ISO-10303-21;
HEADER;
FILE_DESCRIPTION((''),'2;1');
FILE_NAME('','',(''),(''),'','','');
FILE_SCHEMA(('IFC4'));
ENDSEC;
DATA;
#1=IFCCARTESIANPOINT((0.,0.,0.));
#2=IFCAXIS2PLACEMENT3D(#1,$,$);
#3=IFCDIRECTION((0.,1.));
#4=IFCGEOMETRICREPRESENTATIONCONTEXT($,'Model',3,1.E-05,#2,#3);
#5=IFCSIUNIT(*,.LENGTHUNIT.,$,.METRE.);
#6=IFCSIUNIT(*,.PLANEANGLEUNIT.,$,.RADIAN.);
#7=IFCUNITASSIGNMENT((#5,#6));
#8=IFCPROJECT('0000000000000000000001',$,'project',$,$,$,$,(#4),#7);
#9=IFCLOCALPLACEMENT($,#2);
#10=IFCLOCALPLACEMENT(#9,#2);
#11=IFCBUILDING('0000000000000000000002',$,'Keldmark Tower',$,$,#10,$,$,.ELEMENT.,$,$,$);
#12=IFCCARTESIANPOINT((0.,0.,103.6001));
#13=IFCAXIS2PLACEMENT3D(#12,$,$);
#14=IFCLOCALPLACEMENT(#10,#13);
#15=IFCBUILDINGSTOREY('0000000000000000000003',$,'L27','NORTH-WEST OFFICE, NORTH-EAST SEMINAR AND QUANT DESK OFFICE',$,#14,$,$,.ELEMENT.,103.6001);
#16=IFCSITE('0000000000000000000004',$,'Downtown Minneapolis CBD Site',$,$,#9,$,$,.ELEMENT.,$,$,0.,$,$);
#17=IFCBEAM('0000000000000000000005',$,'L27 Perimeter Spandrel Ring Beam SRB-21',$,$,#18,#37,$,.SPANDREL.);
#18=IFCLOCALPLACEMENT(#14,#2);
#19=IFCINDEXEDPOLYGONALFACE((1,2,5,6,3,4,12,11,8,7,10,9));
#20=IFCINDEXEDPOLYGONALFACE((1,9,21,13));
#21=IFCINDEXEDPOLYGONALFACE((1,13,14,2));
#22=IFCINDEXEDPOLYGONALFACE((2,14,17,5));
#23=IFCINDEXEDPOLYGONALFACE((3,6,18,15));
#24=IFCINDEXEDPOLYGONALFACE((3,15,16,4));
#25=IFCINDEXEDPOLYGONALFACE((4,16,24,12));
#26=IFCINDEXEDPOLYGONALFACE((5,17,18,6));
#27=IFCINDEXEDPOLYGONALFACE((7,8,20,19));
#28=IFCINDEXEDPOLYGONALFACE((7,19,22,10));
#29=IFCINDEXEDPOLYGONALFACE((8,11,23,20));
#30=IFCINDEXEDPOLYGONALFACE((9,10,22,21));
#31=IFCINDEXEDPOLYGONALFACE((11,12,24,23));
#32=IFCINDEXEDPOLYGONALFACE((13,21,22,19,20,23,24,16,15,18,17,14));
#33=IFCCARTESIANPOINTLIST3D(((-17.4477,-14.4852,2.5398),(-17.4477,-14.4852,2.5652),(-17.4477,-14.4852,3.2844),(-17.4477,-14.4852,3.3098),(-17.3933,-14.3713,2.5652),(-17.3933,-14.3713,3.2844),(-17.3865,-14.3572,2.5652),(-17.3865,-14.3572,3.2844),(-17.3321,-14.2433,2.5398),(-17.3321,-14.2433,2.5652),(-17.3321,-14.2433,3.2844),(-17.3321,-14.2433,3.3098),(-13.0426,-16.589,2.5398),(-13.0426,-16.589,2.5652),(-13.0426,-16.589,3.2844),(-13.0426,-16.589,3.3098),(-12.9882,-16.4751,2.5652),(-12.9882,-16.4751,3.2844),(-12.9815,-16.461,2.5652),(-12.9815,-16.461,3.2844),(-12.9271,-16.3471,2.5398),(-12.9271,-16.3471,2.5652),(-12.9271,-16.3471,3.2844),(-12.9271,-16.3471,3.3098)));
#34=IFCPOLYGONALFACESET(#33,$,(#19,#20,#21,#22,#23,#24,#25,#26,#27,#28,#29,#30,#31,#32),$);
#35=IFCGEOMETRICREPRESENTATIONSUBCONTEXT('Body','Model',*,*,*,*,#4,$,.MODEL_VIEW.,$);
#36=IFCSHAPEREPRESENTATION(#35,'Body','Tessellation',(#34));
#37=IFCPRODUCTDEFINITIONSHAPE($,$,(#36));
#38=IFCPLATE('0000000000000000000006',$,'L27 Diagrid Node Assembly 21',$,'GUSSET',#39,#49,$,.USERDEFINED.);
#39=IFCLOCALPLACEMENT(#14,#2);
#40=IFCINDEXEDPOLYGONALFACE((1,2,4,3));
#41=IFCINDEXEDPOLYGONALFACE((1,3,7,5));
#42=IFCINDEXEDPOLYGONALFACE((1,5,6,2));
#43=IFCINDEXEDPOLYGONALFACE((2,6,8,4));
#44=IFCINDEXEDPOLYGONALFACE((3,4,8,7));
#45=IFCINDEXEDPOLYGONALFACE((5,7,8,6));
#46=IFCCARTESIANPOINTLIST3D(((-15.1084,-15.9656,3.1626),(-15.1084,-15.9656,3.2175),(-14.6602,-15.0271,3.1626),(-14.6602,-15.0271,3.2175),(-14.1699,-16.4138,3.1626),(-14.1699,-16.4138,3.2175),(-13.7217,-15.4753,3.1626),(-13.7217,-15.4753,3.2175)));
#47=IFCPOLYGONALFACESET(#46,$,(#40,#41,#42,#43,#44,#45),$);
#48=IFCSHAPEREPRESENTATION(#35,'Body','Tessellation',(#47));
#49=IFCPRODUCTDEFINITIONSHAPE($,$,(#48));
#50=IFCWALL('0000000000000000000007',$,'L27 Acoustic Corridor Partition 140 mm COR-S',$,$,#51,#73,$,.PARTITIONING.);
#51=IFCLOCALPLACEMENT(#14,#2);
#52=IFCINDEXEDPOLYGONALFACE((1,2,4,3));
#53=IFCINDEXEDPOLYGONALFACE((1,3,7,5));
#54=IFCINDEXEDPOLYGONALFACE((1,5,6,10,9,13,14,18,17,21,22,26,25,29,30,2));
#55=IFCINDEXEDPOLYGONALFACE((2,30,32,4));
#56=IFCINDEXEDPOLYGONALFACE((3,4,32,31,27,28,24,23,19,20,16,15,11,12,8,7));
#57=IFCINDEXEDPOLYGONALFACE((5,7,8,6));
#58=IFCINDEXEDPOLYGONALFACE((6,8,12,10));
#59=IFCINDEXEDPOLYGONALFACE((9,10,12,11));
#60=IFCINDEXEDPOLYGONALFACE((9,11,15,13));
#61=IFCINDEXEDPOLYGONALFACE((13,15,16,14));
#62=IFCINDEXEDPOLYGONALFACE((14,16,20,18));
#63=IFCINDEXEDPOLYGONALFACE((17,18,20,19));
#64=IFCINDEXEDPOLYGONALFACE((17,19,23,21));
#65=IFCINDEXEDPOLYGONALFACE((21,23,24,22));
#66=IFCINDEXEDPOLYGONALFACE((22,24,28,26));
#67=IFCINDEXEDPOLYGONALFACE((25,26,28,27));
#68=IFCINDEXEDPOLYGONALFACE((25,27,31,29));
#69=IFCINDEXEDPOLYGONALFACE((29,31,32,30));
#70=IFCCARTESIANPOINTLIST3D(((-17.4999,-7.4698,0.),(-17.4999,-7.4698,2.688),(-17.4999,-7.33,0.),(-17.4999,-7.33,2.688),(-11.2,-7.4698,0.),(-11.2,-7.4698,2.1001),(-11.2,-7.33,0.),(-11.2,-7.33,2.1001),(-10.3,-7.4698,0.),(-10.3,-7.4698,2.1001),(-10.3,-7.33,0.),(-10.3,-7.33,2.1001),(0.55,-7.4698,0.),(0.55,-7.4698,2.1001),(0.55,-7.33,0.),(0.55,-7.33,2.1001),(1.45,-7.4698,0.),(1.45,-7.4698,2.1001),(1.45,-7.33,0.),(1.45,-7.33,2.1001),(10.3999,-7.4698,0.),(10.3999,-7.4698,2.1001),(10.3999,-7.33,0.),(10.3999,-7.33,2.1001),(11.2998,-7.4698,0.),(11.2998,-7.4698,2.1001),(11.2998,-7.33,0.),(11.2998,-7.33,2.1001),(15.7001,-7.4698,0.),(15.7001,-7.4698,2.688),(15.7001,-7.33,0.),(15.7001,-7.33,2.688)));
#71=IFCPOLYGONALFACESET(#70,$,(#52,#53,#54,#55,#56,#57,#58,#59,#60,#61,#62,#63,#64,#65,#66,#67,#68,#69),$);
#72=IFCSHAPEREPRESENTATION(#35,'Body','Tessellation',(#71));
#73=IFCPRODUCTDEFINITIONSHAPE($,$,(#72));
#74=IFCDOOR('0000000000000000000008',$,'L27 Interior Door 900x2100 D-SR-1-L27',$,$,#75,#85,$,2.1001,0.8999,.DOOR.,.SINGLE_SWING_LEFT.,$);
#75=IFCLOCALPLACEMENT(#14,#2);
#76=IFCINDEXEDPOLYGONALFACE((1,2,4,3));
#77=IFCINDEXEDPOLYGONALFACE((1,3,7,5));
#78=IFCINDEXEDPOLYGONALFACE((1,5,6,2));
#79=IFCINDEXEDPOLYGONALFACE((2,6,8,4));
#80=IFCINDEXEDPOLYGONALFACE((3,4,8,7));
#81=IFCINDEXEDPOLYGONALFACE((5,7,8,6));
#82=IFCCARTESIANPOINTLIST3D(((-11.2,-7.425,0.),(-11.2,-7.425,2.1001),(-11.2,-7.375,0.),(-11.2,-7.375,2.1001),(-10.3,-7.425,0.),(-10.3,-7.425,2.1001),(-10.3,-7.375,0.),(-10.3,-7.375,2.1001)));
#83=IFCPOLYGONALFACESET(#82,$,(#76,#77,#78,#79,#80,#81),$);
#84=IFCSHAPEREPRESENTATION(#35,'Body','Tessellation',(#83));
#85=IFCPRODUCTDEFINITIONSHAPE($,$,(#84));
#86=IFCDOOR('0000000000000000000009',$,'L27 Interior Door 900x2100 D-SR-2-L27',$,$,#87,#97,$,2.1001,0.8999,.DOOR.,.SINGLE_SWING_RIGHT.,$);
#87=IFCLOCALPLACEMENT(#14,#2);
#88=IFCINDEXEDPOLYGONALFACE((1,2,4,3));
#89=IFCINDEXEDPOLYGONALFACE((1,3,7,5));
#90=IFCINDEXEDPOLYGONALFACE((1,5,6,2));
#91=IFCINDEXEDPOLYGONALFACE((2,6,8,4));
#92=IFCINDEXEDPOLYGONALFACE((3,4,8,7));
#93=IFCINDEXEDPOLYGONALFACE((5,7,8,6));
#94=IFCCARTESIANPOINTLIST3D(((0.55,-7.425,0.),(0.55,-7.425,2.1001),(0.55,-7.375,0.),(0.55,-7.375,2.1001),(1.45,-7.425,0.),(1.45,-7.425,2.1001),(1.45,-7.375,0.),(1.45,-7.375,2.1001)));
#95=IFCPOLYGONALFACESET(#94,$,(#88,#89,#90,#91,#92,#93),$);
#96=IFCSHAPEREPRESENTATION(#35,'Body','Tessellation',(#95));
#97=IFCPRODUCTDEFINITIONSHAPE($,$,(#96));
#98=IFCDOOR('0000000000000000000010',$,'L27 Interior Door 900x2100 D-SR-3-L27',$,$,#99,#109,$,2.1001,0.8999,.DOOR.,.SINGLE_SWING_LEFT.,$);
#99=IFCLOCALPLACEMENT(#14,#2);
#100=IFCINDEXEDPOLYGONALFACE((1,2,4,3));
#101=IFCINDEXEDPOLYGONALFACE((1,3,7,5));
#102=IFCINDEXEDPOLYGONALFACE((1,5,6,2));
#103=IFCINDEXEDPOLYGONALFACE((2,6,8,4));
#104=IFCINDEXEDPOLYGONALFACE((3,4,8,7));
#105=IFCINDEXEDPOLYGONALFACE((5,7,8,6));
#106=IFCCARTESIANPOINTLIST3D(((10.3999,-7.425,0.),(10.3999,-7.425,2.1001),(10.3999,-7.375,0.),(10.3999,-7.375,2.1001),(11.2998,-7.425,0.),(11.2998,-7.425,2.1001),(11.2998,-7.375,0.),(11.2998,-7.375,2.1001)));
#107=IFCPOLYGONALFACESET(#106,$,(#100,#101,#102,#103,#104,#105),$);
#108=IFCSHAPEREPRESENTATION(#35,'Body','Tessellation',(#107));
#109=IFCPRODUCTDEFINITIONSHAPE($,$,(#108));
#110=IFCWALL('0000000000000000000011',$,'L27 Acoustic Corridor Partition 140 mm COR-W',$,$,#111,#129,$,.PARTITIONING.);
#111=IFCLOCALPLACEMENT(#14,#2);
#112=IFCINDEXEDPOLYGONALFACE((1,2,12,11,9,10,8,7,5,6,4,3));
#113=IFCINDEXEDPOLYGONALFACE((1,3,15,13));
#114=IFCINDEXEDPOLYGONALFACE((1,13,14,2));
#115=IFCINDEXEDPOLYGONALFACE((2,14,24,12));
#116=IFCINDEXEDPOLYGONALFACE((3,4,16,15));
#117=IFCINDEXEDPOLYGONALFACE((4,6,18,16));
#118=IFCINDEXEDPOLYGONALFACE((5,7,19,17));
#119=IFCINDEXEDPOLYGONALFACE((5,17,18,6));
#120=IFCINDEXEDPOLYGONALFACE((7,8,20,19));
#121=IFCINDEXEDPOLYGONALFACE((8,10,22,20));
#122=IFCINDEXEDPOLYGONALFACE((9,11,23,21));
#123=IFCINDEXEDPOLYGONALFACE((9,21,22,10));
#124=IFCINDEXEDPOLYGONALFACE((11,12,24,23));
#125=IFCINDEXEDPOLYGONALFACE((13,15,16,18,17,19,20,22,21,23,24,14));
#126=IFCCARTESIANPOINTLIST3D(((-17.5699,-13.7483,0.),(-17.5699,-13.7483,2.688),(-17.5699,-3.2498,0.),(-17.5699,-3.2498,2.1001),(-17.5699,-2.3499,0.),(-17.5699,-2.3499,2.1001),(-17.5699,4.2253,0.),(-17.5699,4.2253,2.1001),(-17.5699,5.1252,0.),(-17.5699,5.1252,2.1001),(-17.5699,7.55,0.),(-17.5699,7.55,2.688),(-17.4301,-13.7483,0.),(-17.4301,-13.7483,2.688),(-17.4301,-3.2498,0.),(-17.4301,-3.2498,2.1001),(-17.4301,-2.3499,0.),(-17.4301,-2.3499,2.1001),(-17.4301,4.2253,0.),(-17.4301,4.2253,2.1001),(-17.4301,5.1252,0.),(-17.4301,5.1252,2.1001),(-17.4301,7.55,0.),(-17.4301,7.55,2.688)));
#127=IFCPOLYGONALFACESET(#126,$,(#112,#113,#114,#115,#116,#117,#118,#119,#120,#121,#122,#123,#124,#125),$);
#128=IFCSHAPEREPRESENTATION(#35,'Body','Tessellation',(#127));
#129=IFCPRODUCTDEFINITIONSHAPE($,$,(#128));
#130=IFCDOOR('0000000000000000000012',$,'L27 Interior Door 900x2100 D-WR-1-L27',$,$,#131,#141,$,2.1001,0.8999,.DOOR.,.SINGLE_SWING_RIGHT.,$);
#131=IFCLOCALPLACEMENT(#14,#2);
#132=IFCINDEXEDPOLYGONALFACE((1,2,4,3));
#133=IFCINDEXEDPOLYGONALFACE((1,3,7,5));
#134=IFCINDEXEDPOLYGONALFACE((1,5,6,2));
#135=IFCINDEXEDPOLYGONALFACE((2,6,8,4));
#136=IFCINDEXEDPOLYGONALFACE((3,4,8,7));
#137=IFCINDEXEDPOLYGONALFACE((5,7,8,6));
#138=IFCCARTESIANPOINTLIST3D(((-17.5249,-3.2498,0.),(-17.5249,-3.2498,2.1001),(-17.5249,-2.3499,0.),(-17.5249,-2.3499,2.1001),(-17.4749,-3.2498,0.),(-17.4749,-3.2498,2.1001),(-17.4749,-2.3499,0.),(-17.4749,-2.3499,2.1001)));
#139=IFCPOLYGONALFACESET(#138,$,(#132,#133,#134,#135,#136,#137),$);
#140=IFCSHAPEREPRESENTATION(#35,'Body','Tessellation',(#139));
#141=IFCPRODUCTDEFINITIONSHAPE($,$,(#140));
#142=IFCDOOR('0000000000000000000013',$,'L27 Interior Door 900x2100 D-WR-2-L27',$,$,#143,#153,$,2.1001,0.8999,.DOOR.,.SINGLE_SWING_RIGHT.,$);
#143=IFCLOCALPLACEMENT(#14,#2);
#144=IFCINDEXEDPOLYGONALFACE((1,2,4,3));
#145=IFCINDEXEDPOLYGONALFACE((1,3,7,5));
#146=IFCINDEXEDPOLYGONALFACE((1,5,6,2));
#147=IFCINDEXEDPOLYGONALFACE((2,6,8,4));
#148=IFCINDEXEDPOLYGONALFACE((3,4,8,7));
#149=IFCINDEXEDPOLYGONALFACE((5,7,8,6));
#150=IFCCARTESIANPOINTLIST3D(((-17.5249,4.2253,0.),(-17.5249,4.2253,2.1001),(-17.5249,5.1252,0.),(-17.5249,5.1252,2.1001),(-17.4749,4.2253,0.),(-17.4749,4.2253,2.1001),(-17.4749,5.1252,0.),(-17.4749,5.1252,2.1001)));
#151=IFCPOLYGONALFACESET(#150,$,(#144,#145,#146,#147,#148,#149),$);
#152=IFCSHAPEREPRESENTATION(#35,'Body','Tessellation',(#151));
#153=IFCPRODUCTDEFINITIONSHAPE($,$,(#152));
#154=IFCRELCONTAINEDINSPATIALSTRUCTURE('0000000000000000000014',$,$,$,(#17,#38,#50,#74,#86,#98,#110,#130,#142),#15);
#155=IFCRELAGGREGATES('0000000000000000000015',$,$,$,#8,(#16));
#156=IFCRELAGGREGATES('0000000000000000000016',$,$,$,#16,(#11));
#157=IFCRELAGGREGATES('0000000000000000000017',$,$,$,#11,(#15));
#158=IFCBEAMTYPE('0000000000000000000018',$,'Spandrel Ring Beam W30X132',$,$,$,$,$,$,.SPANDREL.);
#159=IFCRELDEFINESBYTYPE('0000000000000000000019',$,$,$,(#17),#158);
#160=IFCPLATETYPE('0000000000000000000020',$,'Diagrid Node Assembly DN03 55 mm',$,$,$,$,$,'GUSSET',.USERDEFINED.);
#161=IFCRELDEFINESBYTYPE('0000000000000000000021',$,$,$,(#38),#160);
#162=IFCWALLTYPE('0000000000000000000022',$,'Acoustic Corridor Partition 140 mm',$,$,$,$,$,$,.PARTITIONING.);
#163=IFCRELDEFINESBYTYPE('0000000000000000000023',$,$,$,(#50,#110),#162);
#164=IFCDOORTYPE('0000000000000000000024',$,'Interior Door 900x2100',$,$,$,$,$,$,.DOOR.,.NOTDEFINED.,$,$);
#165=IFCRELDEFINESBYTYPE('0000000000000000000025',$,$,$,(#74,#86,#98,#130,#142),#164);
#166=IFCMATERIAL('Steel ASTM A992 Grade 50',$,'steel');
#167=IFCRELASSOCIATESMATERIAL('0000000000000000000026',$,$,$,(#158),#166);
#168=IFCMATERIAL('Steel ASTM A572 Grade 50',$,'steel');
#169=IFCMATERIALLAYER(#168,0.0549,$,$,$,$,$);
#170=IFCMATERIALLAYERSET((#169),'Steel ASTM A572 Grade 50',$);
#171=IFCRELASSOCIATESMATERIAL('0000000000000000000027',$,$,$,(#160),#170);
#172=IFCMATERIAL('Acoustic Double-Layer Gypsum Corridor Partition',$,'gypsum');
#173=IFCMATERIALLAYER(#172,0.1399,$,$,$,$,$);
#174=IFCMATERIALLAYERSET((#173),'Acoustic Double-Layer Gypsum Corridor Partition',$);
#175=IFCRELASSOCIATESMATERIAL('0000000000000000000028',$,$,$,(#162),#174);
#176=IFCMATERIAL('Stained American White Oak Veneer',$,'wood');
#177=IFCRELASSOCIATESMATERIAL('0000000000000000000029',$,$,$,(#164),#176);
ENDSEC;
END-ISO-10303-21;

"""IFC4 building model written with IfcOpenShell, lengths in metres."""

from ifc_helpers import new_model, si_unit, direction, frame, frame_2d, origin, origin_2d, place, context, subcontext, project, spatial, rectangle, i_section, extrude, material, layer, layer_set, material_profile, profile_set, type_object, element, fill, save


model = new_model("IFC4")

# Units and contexts
model_context = context("Model", 3, precision=1e-05, world=origin(), true_north=direction((0.0, 1.0)))
body_context = subcontext(model_context, "Body", "Model", "MODEL_VIEW")
ifc_project = project(units=[si_unit("LENGTHUNIT", "METRE"), si_unit("PLANEANGLEUNIT", "RADIAN")], contexts=[model_context])

# Site, building, storey
site_placement = place(None, origin())
site = spatial("IfcSite", under=ifc_project, at=site_placement, Name="Downtown Minneapolis CBD Site", CompositionType="ELEMENT", RefElevation=0.0)
building_placement = place(site_placement, origin())
building = spatial("IfcBuilding", under=site, at=building_placement, Name="Keldmark Tower", CompositionType="ELEMENT")
storey_placement = place(building_placement, frame((0.0, 0.0, 103.6001)))
storey = spatial("IfcBuildingStorey", under=building, at=storey_placement, Name="L27", Description="NORTH-WEST OFFICE, NORTH-EAST SEMINAR AND QUANT DESK OFFICE", CompositionType="ELEMENT", Elevation=103.6001)

# Beam
ifc_material_1 = material(Name="Steel ASTM A992 Grade 50", Category="steel")
ifc_material_profile_1 = material_profile(ifc_material_1, i_section(OverallWidth=0.2681, OverallDepth=0.77, WebThickness=0.0156, FlangeThickness=0.0254, at=origin_2d()), Name="W30X132")
ifc_profile_set_1 = profile_set([ifc_material_profile_1], Name="Steel ASTM A992 Grade 50")
beam_type_1 = type_object("IfcBeamType", Name="Spandrel Ring Beam W30X132", PredefinedType="SPANDREL", material=ifc_profile_set_1)
beam_1_placement = place(storey_placement, frame((-17.3899, -14.3643, 2.9248), z_axis=(0.902373, -0.430956, 0.0), x_axis=(0.430956, 0.902373, 0.0)))
element("IfcBeam", 1, at=beam_1_placement, inside=storey, type_object=beam_type_1, Name="L27 Perimeter Spandrel Ring Beam SRB-21", PredefinedType="SPANDREL", context=body_context, shape_type="SweptSolid", body=[
    extrude(i_section(OverallWidth=0.2681, OverallDepth=0.77, WebThickness=0.0156, FlangeThickness=0.0254, at=origin_2d()), origin(), (0.0, 0.0, 1.0), 4.8816),
])

# Plate
ifc_material_2 = material(Name="Steel ASTM A572 Grade 50", Category="steel")
ifc_layer_1 = layer(ifc_material_2, 0.0549)
ifc_layer_set_1 = layer_set([ifc_layer_1], Name="Steel ASTM A572 Grade 50")
plate_type = type_object("IfcPlateType", Name="Diagrid Node Assembly DN03 55 mm", ElementType="GUSSET", PredefinedType="USERDEFINED", material=ifc_layer_set_1)
plate_placement = place(storey_placement, frame((-14.415, -15.7205, 3.1626), z_axis=(0.0, 0.0, 1.0), x_axis=(0.90236, -0.430984, 0.0)))
element("IfcPlate", 2, at=plate_placement, inside=storey, type_object=plate_type, Name="L27 Diagrid Node Assembly 21", ObjectType="GUSSET", PredefinedType="USERDEFINED", context=body_context, shape_type="SweptSolid", body=[
    extrude(rectangle(XDim=1.04, YDim=1.04, at=origin_2d()), origin(), (0.0, 0.0, 1.0), 0.0549),
])

# Walls, openings, doors
ifc_material_3 = material(Name="Acoustic Double-Layer Gypsum Corridor Partition", Category="gypsum")
ifc_layer_2 = layer(ifc_material_3, 0.1399)
ifc_layer_set_2 = layer_set([ifc_layer_2], Name="Acoustic Double-Layer Gypsum Corridor Partition")
wall_type_1 = type_object("IfcWallType", Name="Acoustic Corridor Partition 140 mm", PredefinedType="PARTITIONING", material=ifc_layer_set_2)
wall_1_placement = place(storey_placement, frame((-17.5, -7.3999, 0.0), z_axis=(0.0, 0.0, 1.0), x_axis=(1.0, 0.0, 0.0)))
wall_1 = element("IfcWall", 3, at=wall_1_placement, inside=storey, type_object=wall_type_1, Name="L27 Acoustic Corridor Partition 140 mm COR-S", PredefinedType="PARTITIONING", context=body_context, shape_type="SweptSolid", body=[
    extrude(rectangle(XDim=33.2, YDim=0.1399, at=frame_2d((16.6001, 0.0))), origin(), (0.0, 0.0, 1.0), 2.688),
])
opening_1_placement = place(wall_1_placement, frame((6.3, 0.0, 0.0)))
opening_1 = element("IfcOpeningElement", 4, at=opening_1_placement, cuts=wall_1, PredefinedType="OPENING", context=body_context, shape_type="SweptSolid", body=[
    extrude(rectangle(XDim=0.8999, YDim=2.1001, at=frame_2d((0.45, 1.05))), frame((0.0, 0.0798, 0.0), z_axis=(0.0, -1.0, 0.0), x_axis=(1.0, 0.0, 0.0)), (0.0, 0.0, 1.0), 0.1599),
])
opening_2_placement = place(wall_1_placement, frame((18.05, 0.0, 0.0)))
opening_2 = element("IfcOpeningElement", 5, at=opening_2_placement, cuts=wall_1, PredefinedType="OPENING", context=body_context, shape_type="SweptSolid", body=[
    extrude(rectangle(XDim=0.8999, YDim=2.1001, at=frame_2d((0.45, 1.05))), frame((0.0, 0.0798, 0.0), z_axis=(0.0, -1.0, 0.0), x_axis=(1.0, 0.0, 0.0)), (0.0, 0.0, 1.0), 0.1599),
])
opening_3_placement = place(wall_1_placement, frame((27.8999, 0.0, 0.0)))
opening_3 = element("IfcOpeningElement", 6, at=opening_3_placement, cuts=wall_1, PredefinedType="OPENING", context=body_context, shape_type="SweptSolid", body=[
    extrude(rectangle(XDim=0.8999, YDim=2.1001, at=frame_2d((0.45, 1.05))), frame((0.0, 0.0798, 0.0), z_axis=(0.0, -1.0, 0.0), x_axis=(1.0, 0.0, 0.0)), (0.0, 0.0, 1.0), 0.1599),
])
ifc_material_4 = material(Name="Stained American White Oak Veneer", Category="wood")
door_type = type_object("IfcDoorType", Name="Interior Door 900x2100", OperationType="NOTDEFINED", PredefinedType="DOOR", material=ifc_material_4)
door_1_placement = place(opening_1_placement, origin())
door_1 = element("IfcDoor", 7, at=door_1_placement, inside=storey, type_object=door_type, Name="L27 Interior Door 900x2100 D-SR-1-L27", OperationType="SINGLE_SWING_LEFT", OverallHeight=2.1001, OverallWidth=0.8999, PredefinedType="DOOR", context=body_context, shape_type="SweptSolid", body=[
    extrude(rectangle(XDim=0.8999, YDim=2.1001, at=frame_2d((0.45, 1.05))), frame((0.0, 0.0249, 0.0), z_axis=(0.0, -1.0, 0.0), x_axis=(1.0, 0.0, 0.0)), (0.0, 0.0, 1.0), 0.05),
])
fill(opening_1, door_1)
door_2_placement = place(opening_2_placement, origin())
door_2 = element("IfcDoor", 8, at=door_2_placement, inside=storey, type_object=door_type, Name="L27 Interior Door 900x2100 D-SR-2-L27", OperationType="SINGLE_SWING_RIGHT", OverallHeight=2.1001, OverallWidth=0.8999, PredefinedType="DOOR", context=body_context, shape_type="SweptSolid", body=[
    extrude(rectangle(XDim=0.8999, YDim=2.1001, at=frame_2d((0.45, 1.05))), frame((0.0, 0.0249, 0.0), z_axis=(0.0, -1.0, 0.0), x_axis=(1.0, 0.0, 0.0)), (0.0, 0.0, 1.0), 0.05),
])
fill(opening_2, door_2)
door_3_placement = place(opening_3_placement, origin())
door_3 = element("IfcDoor", 9, at=door_3_placement, inside=storey, type_object=door_type, Name="L27 Interior Door 900x2100 D-SR-3-L27", OperationType="SINGLE_SWING_LEFT", OverallHeight=2.1001, OverallWidth=0.8999, PredefinedType="DOOR", context=body_context, shape_type="SweptSolid", body=[
    extrude(rectangle(XDim=0.8999, YDim=2.1001, at=frame_2d((0.45, 1.05))), frame((0.0, 0.0249, 0.0), z_axis=(0.0, -1.0, 0.0), x_axis=(1.0, 0.0, 0.0)), (0.0, 0.0, 1.0), 0.05),
])
fill(opening_3, door_3)
wall_2_placement = place(storey_placement, frame((-17.5, -13.7483, 0.0), z_axis=(0.0, 0.0, 1.0), x_axis=(0.0, 1.0, 0.0)))
wall_2 = element("IfcWall", 10, at=wall_2_placement, inside=storey, type_object=wall_type_1, Name="L27 Acoustic Corridor Partition 140 mm COR-W", PredefinedType="PARTITIONING", context=body_context, shape_type="SweptSolid", body=[
    extrude(rectangle(XDim=21.2983, YDim=0.1399, at=frame_2d((10.6492, 0.0))), origin(), (0.0, 0.0, 1.0), 2.688),
])
opening_4_placement = place(wall_2_placement, frame((10.4985, 0.0, 0.0)))
opening_4 = element("IfcOpeningElement", 11, at=opening_4_placement, cuts=wall_2, PredefinedType="OPENING", context=body_context, shape_type="SweptSolid", body=[
    extrude(rectangle(XDim=0.8999, YDim=2.1001, at=frame_2d((0.45, 1.05))), frame((0.0, 0.0798, 0.0), z_axis=(0.0, -1.0, 0.0), x_axis=(1.0, 0.0, 0.0)), (0.0, 0.0, 1.0), 0.1599),
])
opening_5_placement = place(wall_2_placement, frame((17.9736, 0.0, 0.0)))
opening_5 = element("IfcOpeningElement", 12, at=opening_5_placement, cuts=wall_2, PredefinedType="OPENING", context=body_context, shape_type="SweptSolid", body=[
    extrude(rectangle(XDim=0.8999, YDim=2.1001, at=frame_2d((0.45, 1.05))), frame((0.0, 0.0798, 0.0), z_axis=(0.0, -1.0, 0.0), x_axis=(1.0, 0.0, 0.0)), (0.0, 0.0, 1.0), 0.1599),
])
door_4_placement = place(opening_4_placement, origin())
door_4 = element("IfcDoor", 13, at=door_4_placement, inside=storey, type_object=door_type, Name="L27 Interior Door 900x2100 D-WR-1-L27", OperationType="SINGLE_SWING_RIGHT", OverallHeight=2.1001, OverallWidth=0.8999, PredefinedType="DOOR", context=body_context, shape_type="SweptSolid", body=[
    extrude(rectangle(XDim=0.8999, YDim=2.1001, at=frame_2d((0.45, 1.05))), frame((0.0, 0.0249, 0.0), z_axis=(0.0, -1.0, 0.0), x_axis=(1.0, 0.0, 0.0)), (0.0, 0.0, 1.0), 0.05),
])
fill(opening_4, door_4)
door_5_placement = place(opening_5_placement, origin())
door_5 = element("IfcDoor", 14, at=door_5_placement, inside=storey, type_object=door_type, Name="L27 Interior Door 900x2100 D-WR-2-L27", OperationType="SINGLE_SWING_RIGHT", OverallHeight=2.1001, OverallWidth=0.8999, PredefinedType="DOOR", context=body_context, shape_type="SweptSolid", body=[
    extrude(rectangle(XDim=0.8999, YDim=2.1001, at=frame_2d((0.45, 1.05))), frame((0.0, 0.0249, 0.0), z_axis=(0.0, -1.0, 0.0), x_axis=(1.0, 0.0, 0.0)), (0.0, 0.0, 1.0), 0.05),
])
fill(opening_5, door_5)

save(model, "model.ifc")
